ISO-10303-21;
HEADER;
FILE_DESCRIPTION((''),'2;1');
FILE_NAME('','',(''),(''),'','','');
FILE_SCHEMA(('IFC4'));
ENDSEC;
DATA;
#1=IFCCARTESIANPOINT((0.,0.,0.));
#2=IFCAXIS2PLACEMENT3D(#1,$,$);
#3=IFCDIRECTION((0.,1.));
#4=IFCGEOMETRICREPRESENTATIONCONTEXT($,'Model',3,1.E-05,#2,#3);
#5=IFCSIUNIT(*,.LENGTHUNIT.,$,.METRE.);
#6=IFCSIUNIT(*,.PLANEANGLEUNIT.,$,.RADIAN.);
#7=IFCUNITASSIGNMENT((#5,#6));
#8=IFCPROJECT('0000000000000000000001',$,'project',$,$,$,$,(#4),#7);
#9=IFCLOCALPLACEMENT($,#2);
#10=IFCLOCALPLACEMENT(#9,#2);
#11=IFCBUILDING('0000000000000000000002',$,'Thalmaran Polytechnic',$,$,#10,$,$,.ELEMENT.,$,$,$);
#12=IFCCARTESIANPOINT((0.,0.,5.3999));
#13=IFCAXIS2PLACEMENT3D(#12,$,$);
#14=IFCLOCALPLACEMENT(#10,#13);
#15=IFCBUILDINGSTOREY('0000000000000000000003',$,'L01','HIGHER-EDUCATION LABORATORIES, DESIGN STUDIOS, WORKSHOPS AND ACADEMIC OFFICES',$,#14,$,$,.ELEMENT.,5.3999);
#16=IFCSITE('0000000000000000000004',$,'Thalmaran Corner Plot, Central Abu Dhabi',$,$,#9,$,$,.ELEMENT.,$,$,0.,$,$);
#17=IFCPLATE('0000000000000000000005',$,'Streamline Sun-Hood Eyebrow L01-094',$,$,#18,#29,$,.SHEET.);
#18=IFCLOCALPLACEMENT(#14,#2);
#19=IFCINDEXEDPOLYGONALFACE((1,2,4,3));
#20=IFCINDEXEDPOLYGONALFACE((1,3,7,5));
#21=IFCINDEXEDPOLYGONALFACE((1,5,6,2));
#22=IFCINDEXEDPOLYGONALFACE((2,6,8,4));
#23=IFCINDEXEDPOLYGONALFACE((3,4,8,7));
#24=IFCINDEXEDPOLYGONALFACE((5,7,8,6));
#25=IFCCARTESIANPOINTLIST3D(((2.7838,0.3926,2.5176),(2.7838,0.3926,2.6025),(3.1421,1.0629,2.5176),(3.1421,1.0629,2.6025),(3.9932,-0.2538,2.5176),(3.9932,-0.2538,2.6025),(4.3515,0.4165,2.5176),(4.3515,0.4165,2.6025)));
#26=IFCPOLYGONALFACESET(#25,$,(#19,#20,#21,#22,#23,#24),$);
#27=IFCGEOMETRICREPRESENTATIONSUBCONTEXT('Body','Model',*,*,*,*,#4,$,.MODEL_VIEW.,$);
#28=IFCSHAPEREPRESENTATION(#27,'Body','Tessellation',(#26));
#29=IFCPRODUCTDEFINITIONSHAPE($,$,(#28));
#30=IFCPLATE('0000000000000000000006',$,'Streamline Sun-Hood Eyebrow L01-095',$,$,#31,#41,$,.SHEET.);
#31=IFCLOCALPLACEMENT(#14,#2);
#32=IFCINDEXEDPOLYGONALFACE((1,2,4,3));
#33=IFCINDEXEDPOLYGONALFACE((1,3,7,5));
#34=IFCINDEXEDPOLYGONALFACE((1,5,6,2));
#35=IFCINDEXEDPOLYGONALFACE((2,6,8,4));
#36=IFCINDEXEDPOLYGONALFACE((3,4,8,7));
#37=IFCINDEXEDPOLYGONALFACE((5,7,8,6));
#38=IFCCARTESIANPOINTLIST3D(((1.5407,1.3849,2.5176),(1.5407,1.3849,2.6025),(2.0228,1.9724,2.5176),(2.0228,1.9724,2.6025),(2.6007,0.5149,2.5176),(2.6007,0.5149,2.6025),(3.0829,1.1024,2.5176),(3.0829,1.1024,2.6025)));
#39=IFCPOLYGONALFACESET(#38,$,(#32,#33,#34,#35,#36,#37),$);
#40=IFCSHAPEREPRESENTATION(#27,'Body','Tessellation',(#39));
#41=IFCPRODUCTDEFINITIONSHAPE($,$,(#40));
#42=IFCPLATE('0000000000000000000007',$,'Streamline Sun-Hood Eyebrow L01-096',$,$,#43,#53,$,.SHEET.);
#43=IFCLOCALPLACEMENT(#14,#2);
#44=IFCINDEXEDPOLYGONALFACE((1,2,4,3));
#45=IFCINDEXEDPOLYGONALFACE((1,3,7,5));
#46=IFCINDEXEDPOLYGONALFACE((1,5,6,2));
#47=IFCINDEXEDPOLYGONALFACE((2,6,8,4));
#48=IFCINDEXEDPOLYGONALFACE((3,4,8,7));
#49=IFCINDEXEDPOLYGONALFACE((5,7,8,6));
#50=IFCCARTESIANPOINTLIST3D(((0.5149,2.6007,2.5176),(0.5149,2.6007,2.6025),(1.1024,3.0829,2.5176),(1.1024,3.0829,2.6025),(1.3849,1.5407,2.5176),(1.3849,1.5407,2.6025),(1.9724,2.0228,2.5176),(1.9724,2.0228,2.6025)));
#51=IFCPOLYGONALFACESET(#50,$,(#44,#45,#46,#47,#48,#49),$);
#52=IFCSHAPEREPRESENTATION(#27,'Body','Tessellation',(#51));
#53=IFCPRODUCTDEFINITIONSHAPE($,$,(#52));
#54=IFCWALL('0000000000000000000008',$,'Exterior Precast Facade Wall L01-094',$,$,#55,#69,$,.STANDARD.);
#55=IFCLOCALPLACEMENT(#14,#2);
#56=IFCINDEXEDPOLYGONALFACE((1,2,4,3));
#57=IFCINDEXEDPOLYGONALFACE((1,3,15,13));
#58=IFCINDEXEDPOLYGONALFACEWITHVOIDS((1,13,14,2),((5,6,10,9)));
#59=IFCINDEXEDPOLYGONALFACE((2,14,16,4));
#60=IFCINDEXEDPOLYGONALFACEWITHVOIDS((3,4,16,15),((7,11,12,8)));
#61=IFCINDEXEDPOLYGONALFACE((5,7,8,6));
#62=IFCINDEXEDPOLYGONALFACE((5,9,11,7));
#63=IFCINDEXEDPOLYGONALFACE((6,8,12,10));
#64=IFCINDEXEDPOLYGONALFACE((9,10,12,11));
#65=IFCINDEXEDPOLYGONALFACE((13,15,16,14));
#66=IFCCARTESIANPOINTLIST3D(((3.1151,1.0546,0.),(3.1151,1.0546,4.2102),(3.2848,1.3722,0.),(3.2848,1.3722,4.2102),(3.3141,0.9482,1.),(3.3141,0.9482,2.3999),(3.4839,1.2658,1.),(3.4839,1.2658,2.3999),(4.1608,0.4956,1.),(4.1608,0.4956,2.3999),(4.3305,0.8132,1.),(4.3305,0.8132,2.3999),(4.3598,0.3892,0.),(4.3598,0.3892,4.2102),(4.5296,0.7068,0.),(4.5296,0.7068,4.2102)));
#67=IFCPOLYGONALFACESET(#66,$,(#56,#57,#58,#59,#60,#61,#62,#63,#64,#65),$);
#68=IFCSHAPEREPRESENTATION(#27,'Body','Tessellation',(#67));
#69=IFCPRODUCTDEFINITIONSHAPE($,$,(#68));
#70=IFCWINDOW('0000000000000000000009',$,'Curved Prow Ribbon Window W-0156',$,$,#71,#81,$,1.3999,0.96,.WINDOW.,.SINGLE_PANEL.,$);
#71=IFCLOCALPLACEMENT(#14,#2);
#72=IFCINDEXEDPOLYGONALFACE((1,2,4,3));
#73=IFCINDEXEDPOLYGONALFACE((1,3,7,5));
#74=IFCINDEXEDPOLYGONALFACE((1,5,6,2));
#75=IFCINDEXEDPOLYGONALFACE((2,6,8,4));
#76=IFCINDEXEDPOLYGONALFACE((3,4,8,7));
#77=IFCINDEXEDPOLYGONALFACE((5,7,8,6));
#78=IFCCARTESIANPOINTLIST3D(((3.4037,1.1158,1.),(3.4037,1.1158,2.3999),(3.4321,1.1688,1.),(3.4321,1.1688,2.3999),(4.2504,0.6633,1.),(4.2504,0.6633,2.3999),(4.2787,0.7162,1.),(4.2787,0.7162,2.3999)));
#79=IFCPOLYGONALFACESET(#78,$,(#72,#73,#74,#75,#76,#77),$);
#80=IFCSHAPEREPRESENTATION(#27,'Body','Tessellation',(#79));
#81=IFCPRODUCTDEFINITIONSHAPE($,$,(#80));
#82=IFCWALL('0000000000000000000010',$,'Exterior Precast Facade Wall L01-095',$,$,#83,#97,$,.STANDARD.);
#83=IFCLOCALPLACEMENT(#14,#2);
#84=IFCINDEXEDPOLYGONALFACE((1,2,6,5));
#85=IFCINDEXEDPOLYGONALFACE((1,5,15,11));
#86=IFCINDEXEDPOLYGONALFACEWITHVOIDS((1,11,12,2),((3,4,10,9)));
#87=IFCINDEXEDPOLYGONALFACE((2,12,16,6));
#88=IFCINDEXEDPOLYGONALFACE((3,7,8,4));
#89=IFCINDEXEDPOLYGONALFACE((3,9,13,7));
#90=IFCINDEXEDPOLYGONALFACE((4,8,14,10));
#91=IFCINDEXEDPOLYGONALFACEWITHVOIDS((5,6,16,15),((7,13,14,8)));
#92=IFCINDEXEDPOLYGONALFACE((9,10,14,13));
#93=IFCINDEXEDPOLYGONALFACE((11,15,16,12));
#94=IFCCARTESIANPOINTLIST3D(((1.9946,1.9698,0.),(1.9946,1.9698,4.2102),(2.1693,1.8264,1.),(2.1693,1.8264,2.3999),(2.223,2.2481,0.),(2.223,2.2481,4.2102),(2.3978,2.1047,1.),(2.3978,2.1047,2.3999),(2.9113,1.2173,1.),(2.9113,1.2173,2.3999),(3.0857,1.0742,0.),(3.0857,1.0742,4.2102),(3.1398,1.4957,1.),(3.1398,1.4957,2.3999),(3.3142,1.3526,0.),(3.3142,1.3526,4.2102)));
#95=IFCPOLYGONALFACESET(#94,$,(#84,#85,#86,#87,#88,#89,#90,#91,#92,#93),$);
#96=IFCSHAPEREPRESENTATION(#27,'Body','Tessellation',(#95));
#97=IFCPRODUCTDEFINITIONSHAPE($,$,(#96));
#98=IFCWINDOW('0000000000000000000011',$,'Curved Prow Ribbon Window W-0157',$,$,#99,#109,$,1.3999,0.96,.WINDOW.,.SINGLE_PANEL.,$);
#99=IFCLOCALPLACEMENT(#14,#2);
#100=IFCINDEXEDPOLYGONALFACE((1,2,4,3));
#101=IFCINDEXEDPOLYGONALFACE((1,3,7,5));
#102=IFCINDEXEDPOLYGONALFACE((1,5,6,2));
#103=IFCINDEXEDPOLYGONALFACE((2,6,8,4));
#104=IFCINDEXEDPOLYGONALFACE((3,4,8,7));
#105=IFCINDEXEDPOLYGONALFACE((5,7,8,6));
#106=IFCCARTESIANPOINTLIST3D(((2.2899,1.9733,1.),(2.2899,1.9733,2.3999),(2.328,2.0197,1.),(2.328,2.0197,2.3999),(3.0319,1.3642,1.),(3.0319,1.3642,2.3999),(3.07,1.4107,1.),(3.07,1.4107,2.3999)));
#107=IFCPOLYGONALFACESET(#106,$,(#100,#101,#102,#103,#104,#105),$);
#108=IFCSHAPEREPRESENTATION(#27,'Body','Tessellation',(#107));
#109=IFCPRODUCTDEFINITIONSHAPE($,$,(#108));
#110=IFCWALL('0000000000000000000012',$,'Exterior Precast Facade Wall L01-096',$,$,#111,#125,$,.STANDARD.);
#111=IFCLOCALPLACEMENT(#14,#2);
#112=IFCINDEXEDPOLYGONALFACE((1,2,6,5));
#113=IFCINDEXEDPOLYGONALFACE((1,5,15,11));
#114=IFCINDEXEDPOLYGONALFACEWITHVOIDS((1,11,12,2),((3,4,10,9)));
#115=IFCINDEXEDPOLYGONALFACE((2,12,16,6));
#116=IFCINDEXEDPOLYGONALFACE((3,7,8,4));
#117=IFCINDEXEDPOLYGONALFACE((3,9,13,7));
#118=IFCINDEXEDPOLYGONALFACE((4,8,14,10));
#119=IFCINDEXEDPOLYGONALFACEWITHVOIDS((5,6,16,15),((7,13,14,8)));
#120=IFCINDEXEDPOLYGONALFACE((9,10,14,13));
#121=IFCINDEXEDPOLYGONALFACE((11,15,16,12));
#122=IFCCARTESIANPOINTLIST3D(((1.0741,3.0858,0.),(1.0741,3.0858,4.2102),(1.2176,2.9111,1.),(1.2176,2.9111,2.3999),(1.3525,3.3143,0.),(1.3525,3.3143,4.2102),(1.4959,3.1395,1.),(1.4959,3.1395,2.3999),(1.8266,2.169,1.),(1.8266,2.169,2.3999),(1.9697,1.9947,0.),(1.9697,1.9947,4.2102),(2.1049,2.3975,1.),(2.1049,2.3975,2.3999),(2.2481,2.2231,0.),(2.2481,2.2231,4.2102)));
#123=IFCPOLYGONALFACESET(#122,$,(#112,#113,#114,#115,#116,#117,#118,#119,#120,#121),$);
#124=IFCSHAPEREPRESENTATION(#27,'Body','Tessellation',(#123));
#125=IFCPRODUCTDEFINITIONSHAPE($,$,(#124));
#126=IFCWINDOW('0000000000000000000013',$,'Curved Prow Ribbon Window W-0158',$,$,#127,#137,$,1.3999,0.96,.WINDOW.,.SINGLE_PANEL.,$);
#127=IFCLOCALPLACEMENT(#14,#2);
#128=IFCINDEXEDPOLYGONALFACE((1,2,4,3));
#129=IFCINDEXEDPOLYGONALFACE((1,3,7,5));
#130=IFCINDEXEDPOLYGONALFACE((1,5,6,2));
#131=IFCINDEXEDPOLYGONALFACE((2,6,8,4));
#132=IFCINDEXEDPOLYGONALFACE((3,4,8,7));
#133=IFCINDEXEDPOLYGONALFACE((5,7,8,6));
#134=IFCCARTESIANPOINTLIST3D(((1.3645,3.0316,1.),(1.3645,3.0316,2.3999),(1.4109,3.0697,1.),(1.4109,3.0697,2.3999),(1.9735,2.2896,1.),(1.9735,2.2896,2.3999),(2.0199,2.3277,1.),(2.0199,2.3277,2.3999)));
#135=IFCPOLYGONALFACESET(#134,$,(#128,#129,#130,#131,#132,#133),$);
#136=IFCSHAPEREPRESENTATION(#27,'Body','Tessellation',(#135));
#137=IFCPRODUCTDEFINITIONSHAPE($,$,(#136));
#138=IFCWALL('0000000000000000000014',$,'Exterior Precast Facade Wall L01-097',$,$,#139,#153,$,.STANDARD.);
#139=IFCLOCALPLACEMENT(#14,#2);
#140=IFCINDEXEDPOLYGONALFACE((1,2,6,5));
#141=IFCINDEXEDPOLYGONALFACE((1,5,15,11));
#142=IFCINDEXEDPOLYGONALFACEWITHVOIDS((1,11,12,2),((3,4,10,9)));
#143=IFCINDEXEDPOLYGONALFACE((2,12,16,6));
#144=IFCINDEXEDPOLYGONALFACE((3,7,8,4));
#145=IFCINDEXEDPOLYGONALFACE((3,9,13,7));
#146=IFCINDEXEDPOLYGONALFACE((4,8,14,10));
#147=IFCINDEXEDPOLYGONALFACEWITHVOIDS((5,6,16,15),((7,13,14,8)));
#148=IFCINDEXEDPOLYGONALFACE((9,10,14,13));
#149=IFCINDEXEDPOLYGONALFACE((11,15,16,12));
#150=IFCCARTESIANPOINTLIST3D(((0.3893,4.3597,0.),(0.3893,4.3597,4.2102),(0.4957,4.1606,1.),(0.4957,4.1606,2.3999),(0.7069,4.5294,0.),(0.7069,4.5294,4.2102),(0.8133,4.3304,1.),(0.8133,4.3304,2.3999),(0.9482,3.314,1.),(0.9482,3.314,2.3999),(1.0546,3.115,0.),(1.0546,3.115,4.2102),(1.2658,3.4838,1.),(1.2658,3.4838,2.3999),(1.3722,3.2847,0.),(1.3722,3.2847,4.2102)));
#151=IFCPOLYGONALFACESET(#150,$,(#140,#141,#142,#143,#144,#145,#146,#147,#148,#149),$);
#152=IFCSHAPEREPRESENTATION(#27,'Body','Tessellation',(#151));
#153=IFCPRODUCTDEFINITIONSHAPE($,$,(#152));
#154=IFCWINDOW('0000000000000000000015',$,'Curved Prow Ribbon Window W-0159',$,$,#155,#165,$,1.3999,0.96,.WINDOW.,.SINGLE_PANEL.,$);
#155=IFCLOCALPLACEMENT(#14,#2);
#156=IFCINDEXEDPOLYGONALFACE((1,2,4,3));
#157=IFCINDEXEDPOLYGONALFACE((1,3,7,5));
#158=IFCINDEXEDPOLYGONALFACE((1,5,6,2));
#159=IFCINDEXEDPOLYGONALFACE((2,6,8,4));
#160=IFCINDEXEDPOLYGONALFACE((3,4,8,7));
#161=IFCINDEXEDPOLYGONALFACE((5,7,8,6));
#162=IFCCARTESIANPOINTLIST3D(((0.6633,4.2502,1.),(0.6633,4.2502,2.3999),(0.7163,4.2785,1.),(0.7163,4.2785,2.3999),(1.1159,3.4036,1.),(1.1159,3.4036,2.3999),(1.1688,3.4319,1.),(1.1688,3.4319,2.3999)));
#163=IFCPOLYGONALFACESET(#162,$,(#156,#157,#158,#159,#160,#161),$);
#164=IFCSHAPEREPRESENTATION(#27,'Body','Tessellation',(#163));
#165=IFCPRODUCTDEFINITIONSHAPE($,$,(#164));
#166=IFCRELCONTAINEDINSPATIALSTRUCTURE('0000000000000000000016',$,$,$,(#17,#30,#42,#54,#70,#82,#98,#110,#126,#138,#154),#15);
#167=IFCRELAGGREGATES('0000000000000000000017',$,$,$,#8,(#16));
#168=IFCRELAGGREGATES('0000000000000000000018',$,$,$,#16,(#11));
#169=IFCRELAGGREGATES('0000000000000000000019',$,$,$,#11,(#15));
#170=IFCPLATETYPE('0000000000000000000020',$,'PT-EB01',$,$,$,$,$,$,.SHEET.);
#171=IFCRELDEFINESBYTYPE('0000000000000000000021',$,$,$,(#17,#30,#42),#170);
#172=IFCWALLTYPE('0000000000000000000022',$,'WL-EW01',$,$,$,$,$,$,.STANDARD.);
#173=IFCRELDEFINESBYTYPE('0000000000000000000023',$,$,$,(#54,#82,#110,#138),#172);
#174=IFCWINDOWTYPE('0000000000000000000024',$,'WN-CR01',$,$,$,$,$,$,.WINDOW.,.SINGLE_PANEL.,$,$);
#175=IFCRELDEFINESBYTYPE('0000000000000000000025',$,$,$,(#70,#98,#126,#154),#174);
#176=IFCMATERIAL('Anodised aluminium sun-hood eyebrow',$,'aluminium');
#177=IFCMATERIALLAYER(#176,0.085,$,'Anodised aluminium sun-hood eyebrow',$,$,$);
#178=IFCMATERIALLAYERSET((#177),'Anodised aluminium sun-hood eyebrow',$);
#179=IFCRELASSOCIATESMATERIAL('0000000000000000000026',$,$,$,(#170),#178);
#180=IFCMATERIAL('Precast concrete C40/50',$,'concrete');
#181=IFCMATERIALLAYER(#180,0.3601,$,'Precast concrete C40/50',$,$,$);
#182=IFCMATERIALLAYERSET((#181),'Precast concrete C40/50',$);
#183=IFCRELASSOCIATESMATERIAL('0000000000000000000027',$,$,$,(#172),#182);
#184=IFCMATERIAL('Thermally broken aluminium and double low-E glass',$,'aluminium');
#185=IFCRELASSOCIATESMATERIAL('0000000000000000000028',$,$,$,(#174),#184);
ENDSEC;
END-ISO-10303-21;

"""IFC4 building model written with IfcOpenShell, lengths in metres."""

from ifc_helpers import new_model, si_unit, direction, frame, frame_2d, origin, origin_2d, place, context, subcontext, project, spatial, rectangle, extrude, material, layer, layer_set, type_object, element, fill, save


model = new_model("IFC4")

# Units and contexts
model_context = context("Model", 3, precision=1e-05, world=origin(), true_north=direction((0.0, 1.0)))
body_context = subcontext(model_context, "Body", "Model", "MODEL_VIEW")
ifc_project = project(units=[si_unit("LENGTHUNIT", "METRE"), si_unit("PLANEANGLEUNIT", "RADIAN")], contexts=[model_context])

# Site, building, storey
site_placement = place(None, origin())
site = spatial("IfcSite", under=ifc_project, at=site_placement, Name="Thalmaran Corner Plot, Central Abu Dhabi", CompositionType="ELEMENT", RefElevation=0.0)
building_placement = place(site_placement, origin())
building = spatial("IfcBuilding", under=site, at=building_placement, Name="Thalmaran Polytechnic", CompositionType="ELEMENT")
storey_placement = place(building_placement, frame((0.0, 0.0, 5.3999)))
storey = spatial("IfcBuildingStorey", under=building, at=storey_placement, Name="L01", Description="HIGHER-EDUCATION LABORATORIES, DESIGN STUDIOS, WORKSHOPS AND ACADEMIC OFFICES", CompositionType="ELEMENT", Elevation=5.3999)

# Plates
ifc_material_1 = material(Name="Anodised aluminium sun-hood eyebrow", Category="aluminium")
ifc_layer_1 = layer(ifc_material_1, 0.085, Name="Anodised aluminium sun-hood eyebrow")
ifc_layer_set_1 = layer_set([ifc_layer_1], Name="Anodised aluminium sun-hood eyebrow")
plate_type_1 = type_object("IfcPlateType", Name="PT-EB01", PredefinedType="SHEET", material=ifc_layer_set_1)
for number, where, z_axis, x_axis, name in (
    (1, (3.5676, 0.4045, 2.5176), (0.0, 0.0, 1.0), (-0.881921, 0.471397, 0.0), "Streamline Sun-Hood Eyebrow L01-094"),
    (2, (2.3118, 1.2437, 2.5176), (0.0, 0.0, 1.0), (-0.77301, 0.634393, 0.0), "Streamline Sun-Hood Eyebrow L01-095"),
    (3, (1.2437, 2.3118, 2.5176), (0.0, 0.0, 1.0), (-0.634393, 0.77301, 0.0), "Streamline Sun-Hood Eyebrow L01-096"),
):
    element("IfcPlate", number, at=place(storey_placement, frame(where, z_axis=z_axis, x_axis=x_axis)), inside=storey, type_object=plate_type_1, Name=name, PredefinedType="SHEET", context=body_context, shape_type="SweptSolid", body=[
        extrude(rectangle(XDim=1.3713, YDim=0.76, at=origin_2d()), origin(), (0.0, 0.0, 1.0), 0.085),
    ])

# Walls, openings, windows
ifc_material_2 = material(Name="Precast concrete C40/50", Category="concrete")
ifc_layer_2 = layer(ifc_material_2, 0.3601, Name="Precast concrete C40/50")
ifc_layer_set_2 = layer_set([ifc_layer_2], Name="Precast concrete C40/50")
wall_type = type_object("IfcWallType", Name="WL-EW01", PredefinedType="STANDARD", material=ifc_layer_set_2)
wall_1_placement = place(storey_placement, frame((4.4446, 0.5481, 0.0), z_axis=(0.0, 0.0, 1.0), x_axis=(-0.881917, 0.471405, 0.0)))
wall_1 = element("IfcWall", 4, at=wall_1_placement, inside=storey, type_object=wall_type, Name="Exterior Precast Facade Wall L01-094", PredefinedType="STANDARD", context=body_context, shape_type="SweptSolid", body=[
    extrude(rectangle(XDim=1.4114, YDim=0.3601, at=frame_2d((0.7056, 0.0))), origin(), (0.0, 0.0, 1.0), 4.2102),
])
opening_1_placement = place(wall_1_placement, frame((0.2256, 0.0, 1.0)))
opening_1 = element("IfcOpeningElement", 5, at=opening_1_placement, cuts=wall_1, PredefinedType="OPENING", context=body_context, shape_type="SweptSolid", body=[
    extrude(rectangle(XDim=0.96, YDim=1.3999, at=frame_2d((0.48, 0.7))), frame((0.0, 0.1899, 0.0), z_axis=(0.0, -1.0, 0.0), x_axis=(1.0, 0.0, 0.0)), (0.0, 0.0, 1.0), 0.3801),
])
ifc_material_3 = material(Name="Thermally broken aluminium and double low-E glass", Category="aluminium")
window_type = type_object("IfcWindowType", Name="WN-CR01", PartitioningType="SINGLE_PANEL", PredefinedType="WINDOW", material=ifc_material_3)
window_1_placement = place(opening_1_placement, origin())
window_1 = element("IfcWindow", 6, at=window_1_placement, inside=storey, type_object=window_type, Name="Curved Prow Ribbon Window W-0156", OverallHeight=1.3999, OverallWidth=0.96, PartitioningType="SINGLE_PANEL", PredefinedType="WINDOW", context=body_context, shape_type="SweptSolid", body=[
    extrude(rectangle(XDim=0.96, YDim=1.3999, at=frame_2d((0.48, 0.7))), frame((0.0, -0.01, 0.0), z_axis=(0.0, -1.0, 0.0), x_axis=(1.0, 0.0, 0.0)), (0.0, 0.0, 1.0), 0.0601),
])
fill(opening_1, window_1)
wall_2_placement = place(storey_placement, frame((3.2, 1.2134, 0.0), z_axis=(0.0, 0.0, 1.0), x_axis=(-0.772978, 0.634433, 0.0)))
wall_2 = element("IfcWall", 7, at=wall_2_placement, inside=storey, type_object=wall_type, Name="Exterior Precast Facade Wall L01-095", PredefinedType="STANDARD", context=body_context, shape_type="SweptSolid", body=[
    extrude(rectangle(XDim=1.4116, YDim=0.3601, at=frame_2d((0.7058, 0.0))), origin(), (0.0, 0.0, 1.0), 4.2102),
])
opening_2_placement = place(wall_2_placement, frame((0.2256, 0.0, 1.0)))
opening_2 = element("IfcOpeningElement", 8, at=opening_2_placement, cuts=wall_2, PredefinedType="OPENING", context=body_context, shape_type="SweptSolid", body=[
    extrude(rectangle(XDim=0.96, YDim=1.3999, at=frame_2d((0.48, 0.7))), frame((0.0, 0.1899, 0.0), z_axis=(0.0, -1.0, 0.0), x_axis=(1.0, 0.0, 0.0)), (0.0, 0.0, 1.0), 0.3801),
])
window_2_placement = place(opening_2_placement, origin())
window_2 = element("IfcWindow", 9, at=window_2_placement, inside=storey, type_object=window_type, Name="Curved Prow Ribbon Window W-0157", OverallHeight=1.3999, OverallWidth=0.96, PartitioningType="SINGLE_PANEL", PredefinedType="WINDOW", context=body_context, shape_type="SweptSolid", body=[
    extrude(rectangle(XDim=0.96, YDim=1.3999, at=frame_2d((0.48, 0.7))), frame((0.0, -0.01, 0.0), z_axis=(0.0, -1.0, 0.0), x_axis=(1.0, 0.0, 0.0)), (0.0, 0.0, 1.0), 0.0601),
])
fill(opening_2, window_2)
wall_3_placement = place(storey_placement, frame((2.1089, 2.1089, 0.0), z_axis=(0.0, 0.0, 1.0), x_axis=(-0.634433, 0.772978, 0.0)))
wall_3 = element("IfcWall", 10, at=wall_3_placement, inside=storey, type_object=wall_type, Name="Exterior Precast Facade Wall L01-096", PredefinedType="STANDARD", context=body_context, shape_type="SweptSolid", body=[
    extrude(rectangle(XDim=1.4116, YDim=0.3601, at=frame_2d((0.7058, 0.0))), origin(), (0.0, 0.0, 1.0), 4.2102),
])
opening_3_placement = place(wall_3_placement, frame((0.2256, 0.0, 1.0)))
opening_3 = element("IfcOpeningElement", 11, at=opening_3_placement, cuts=wall_3, PredefinedType="OPENING", context=body_context, shape_type="SweptSolid", body=[
    extrude(rectangle(XDim=0.96, YDim=1.3999, at=frame_2d((0.48, 0.7))), frame((0.0, 0.1899, 0.0), z_axis=(0.0, -1.0, 0.0), x_axis=(1.0, 0.0, 0.0)), (0.0, 0.0, 1.0), 0.3801),
])
window_3_placement = place(opening_3_placement, origin())
window_3 = element("IfcWindow", 12, at=window_3_placement, inside=storey, type_object=window_type, Name="Curved Prow Ribbon Window W-0158", OverallHeight=1.3999, OverallWidth=0.96, PartitioningType="SINGLE_PANEL", PredefinedType="WINDOW", context=body_context, shape_type="SweptSolid", body=[
    extrude(rectangle(XDim=0.96, YDim=1.3999, at=frame_2d((0.48, 0.7))), frame((0.0, -0.01, 0.0), z_axis=(0.0, -1.0, 0.0), x_axis=(1.0, 0.0, 0.0)), (0.0, 0.0, 1.0), 0.0601),
])
fill(opening_3, window_3)
wall_4_placement = place(storey_placement, frame((1.2134, 3.2, 0.0), z_axis=(0.0, 0.0, 1.0), x_axis=(-0.471405, 0.881917, 0.0)))
wall_4 = element("IfcWall", 13, at=wall_4_placement, inside=storey, type_object=wall_type, Name="Exterior Precast Facade Wall L01-097", PredefinedType="STANDARD", context=body_context, shape_type="SweptSolid", body=[
    extrude(rectangle(XDim=1.4114, YDim=0.3601, at=frame_2d((0.7056, 0.0))), origin(), (0.0, 0.0, 1.0), 4.2102),
])
opening_4_placement = place(wall_4_placement, frame((0.2256, 0.0, 1.0)))
opening_4 = element("IfcOpeningElement", 14, at=opening_4_placement, cuts=wall_4, PredefinedType="OPENING", context=body_context, shape_type="SweptSolid", body=[
    extrude(rectangle(XDim=0.96, YDim=1.3999, at=frame_2d((0.48, 0.7))), frame((0.0, 0.1899, 0.0), z_axis=(0.0, -1.0, 0.0), x_axis=(1.0, 0.0, 0.0)), (0.0, 0.0, 1.0), 0.3801),
])
window_4_placement = place(opening_4_placement, origin())
window_4 = element("IfcWindow", 15, at=window_4_placement, inside=storey, type_object=window_type, Name="Curved Prow Ribbon Window W-0159", OverallHeight=1.3999, OverallWidth=0.96, PartitioningType="SINGLE_PANEL", PredefinedType="WINDOW", context=body_context, shape_type="SweptSolid", body=[
    extrude(rectangle(XDim=0.96, YDim=1.3999, at=frame_2d((0.48, 0.7))), frame((0.0, -0.01, 0.0), z_axis=(0.0, -1.0, 0.0), x_axis=(1.0, 0.0, 0.0)), (0.0, 0.0, 1.0), 0.0601),
])
fill(opening_4, window_4)

save(model, "model.ifc")
